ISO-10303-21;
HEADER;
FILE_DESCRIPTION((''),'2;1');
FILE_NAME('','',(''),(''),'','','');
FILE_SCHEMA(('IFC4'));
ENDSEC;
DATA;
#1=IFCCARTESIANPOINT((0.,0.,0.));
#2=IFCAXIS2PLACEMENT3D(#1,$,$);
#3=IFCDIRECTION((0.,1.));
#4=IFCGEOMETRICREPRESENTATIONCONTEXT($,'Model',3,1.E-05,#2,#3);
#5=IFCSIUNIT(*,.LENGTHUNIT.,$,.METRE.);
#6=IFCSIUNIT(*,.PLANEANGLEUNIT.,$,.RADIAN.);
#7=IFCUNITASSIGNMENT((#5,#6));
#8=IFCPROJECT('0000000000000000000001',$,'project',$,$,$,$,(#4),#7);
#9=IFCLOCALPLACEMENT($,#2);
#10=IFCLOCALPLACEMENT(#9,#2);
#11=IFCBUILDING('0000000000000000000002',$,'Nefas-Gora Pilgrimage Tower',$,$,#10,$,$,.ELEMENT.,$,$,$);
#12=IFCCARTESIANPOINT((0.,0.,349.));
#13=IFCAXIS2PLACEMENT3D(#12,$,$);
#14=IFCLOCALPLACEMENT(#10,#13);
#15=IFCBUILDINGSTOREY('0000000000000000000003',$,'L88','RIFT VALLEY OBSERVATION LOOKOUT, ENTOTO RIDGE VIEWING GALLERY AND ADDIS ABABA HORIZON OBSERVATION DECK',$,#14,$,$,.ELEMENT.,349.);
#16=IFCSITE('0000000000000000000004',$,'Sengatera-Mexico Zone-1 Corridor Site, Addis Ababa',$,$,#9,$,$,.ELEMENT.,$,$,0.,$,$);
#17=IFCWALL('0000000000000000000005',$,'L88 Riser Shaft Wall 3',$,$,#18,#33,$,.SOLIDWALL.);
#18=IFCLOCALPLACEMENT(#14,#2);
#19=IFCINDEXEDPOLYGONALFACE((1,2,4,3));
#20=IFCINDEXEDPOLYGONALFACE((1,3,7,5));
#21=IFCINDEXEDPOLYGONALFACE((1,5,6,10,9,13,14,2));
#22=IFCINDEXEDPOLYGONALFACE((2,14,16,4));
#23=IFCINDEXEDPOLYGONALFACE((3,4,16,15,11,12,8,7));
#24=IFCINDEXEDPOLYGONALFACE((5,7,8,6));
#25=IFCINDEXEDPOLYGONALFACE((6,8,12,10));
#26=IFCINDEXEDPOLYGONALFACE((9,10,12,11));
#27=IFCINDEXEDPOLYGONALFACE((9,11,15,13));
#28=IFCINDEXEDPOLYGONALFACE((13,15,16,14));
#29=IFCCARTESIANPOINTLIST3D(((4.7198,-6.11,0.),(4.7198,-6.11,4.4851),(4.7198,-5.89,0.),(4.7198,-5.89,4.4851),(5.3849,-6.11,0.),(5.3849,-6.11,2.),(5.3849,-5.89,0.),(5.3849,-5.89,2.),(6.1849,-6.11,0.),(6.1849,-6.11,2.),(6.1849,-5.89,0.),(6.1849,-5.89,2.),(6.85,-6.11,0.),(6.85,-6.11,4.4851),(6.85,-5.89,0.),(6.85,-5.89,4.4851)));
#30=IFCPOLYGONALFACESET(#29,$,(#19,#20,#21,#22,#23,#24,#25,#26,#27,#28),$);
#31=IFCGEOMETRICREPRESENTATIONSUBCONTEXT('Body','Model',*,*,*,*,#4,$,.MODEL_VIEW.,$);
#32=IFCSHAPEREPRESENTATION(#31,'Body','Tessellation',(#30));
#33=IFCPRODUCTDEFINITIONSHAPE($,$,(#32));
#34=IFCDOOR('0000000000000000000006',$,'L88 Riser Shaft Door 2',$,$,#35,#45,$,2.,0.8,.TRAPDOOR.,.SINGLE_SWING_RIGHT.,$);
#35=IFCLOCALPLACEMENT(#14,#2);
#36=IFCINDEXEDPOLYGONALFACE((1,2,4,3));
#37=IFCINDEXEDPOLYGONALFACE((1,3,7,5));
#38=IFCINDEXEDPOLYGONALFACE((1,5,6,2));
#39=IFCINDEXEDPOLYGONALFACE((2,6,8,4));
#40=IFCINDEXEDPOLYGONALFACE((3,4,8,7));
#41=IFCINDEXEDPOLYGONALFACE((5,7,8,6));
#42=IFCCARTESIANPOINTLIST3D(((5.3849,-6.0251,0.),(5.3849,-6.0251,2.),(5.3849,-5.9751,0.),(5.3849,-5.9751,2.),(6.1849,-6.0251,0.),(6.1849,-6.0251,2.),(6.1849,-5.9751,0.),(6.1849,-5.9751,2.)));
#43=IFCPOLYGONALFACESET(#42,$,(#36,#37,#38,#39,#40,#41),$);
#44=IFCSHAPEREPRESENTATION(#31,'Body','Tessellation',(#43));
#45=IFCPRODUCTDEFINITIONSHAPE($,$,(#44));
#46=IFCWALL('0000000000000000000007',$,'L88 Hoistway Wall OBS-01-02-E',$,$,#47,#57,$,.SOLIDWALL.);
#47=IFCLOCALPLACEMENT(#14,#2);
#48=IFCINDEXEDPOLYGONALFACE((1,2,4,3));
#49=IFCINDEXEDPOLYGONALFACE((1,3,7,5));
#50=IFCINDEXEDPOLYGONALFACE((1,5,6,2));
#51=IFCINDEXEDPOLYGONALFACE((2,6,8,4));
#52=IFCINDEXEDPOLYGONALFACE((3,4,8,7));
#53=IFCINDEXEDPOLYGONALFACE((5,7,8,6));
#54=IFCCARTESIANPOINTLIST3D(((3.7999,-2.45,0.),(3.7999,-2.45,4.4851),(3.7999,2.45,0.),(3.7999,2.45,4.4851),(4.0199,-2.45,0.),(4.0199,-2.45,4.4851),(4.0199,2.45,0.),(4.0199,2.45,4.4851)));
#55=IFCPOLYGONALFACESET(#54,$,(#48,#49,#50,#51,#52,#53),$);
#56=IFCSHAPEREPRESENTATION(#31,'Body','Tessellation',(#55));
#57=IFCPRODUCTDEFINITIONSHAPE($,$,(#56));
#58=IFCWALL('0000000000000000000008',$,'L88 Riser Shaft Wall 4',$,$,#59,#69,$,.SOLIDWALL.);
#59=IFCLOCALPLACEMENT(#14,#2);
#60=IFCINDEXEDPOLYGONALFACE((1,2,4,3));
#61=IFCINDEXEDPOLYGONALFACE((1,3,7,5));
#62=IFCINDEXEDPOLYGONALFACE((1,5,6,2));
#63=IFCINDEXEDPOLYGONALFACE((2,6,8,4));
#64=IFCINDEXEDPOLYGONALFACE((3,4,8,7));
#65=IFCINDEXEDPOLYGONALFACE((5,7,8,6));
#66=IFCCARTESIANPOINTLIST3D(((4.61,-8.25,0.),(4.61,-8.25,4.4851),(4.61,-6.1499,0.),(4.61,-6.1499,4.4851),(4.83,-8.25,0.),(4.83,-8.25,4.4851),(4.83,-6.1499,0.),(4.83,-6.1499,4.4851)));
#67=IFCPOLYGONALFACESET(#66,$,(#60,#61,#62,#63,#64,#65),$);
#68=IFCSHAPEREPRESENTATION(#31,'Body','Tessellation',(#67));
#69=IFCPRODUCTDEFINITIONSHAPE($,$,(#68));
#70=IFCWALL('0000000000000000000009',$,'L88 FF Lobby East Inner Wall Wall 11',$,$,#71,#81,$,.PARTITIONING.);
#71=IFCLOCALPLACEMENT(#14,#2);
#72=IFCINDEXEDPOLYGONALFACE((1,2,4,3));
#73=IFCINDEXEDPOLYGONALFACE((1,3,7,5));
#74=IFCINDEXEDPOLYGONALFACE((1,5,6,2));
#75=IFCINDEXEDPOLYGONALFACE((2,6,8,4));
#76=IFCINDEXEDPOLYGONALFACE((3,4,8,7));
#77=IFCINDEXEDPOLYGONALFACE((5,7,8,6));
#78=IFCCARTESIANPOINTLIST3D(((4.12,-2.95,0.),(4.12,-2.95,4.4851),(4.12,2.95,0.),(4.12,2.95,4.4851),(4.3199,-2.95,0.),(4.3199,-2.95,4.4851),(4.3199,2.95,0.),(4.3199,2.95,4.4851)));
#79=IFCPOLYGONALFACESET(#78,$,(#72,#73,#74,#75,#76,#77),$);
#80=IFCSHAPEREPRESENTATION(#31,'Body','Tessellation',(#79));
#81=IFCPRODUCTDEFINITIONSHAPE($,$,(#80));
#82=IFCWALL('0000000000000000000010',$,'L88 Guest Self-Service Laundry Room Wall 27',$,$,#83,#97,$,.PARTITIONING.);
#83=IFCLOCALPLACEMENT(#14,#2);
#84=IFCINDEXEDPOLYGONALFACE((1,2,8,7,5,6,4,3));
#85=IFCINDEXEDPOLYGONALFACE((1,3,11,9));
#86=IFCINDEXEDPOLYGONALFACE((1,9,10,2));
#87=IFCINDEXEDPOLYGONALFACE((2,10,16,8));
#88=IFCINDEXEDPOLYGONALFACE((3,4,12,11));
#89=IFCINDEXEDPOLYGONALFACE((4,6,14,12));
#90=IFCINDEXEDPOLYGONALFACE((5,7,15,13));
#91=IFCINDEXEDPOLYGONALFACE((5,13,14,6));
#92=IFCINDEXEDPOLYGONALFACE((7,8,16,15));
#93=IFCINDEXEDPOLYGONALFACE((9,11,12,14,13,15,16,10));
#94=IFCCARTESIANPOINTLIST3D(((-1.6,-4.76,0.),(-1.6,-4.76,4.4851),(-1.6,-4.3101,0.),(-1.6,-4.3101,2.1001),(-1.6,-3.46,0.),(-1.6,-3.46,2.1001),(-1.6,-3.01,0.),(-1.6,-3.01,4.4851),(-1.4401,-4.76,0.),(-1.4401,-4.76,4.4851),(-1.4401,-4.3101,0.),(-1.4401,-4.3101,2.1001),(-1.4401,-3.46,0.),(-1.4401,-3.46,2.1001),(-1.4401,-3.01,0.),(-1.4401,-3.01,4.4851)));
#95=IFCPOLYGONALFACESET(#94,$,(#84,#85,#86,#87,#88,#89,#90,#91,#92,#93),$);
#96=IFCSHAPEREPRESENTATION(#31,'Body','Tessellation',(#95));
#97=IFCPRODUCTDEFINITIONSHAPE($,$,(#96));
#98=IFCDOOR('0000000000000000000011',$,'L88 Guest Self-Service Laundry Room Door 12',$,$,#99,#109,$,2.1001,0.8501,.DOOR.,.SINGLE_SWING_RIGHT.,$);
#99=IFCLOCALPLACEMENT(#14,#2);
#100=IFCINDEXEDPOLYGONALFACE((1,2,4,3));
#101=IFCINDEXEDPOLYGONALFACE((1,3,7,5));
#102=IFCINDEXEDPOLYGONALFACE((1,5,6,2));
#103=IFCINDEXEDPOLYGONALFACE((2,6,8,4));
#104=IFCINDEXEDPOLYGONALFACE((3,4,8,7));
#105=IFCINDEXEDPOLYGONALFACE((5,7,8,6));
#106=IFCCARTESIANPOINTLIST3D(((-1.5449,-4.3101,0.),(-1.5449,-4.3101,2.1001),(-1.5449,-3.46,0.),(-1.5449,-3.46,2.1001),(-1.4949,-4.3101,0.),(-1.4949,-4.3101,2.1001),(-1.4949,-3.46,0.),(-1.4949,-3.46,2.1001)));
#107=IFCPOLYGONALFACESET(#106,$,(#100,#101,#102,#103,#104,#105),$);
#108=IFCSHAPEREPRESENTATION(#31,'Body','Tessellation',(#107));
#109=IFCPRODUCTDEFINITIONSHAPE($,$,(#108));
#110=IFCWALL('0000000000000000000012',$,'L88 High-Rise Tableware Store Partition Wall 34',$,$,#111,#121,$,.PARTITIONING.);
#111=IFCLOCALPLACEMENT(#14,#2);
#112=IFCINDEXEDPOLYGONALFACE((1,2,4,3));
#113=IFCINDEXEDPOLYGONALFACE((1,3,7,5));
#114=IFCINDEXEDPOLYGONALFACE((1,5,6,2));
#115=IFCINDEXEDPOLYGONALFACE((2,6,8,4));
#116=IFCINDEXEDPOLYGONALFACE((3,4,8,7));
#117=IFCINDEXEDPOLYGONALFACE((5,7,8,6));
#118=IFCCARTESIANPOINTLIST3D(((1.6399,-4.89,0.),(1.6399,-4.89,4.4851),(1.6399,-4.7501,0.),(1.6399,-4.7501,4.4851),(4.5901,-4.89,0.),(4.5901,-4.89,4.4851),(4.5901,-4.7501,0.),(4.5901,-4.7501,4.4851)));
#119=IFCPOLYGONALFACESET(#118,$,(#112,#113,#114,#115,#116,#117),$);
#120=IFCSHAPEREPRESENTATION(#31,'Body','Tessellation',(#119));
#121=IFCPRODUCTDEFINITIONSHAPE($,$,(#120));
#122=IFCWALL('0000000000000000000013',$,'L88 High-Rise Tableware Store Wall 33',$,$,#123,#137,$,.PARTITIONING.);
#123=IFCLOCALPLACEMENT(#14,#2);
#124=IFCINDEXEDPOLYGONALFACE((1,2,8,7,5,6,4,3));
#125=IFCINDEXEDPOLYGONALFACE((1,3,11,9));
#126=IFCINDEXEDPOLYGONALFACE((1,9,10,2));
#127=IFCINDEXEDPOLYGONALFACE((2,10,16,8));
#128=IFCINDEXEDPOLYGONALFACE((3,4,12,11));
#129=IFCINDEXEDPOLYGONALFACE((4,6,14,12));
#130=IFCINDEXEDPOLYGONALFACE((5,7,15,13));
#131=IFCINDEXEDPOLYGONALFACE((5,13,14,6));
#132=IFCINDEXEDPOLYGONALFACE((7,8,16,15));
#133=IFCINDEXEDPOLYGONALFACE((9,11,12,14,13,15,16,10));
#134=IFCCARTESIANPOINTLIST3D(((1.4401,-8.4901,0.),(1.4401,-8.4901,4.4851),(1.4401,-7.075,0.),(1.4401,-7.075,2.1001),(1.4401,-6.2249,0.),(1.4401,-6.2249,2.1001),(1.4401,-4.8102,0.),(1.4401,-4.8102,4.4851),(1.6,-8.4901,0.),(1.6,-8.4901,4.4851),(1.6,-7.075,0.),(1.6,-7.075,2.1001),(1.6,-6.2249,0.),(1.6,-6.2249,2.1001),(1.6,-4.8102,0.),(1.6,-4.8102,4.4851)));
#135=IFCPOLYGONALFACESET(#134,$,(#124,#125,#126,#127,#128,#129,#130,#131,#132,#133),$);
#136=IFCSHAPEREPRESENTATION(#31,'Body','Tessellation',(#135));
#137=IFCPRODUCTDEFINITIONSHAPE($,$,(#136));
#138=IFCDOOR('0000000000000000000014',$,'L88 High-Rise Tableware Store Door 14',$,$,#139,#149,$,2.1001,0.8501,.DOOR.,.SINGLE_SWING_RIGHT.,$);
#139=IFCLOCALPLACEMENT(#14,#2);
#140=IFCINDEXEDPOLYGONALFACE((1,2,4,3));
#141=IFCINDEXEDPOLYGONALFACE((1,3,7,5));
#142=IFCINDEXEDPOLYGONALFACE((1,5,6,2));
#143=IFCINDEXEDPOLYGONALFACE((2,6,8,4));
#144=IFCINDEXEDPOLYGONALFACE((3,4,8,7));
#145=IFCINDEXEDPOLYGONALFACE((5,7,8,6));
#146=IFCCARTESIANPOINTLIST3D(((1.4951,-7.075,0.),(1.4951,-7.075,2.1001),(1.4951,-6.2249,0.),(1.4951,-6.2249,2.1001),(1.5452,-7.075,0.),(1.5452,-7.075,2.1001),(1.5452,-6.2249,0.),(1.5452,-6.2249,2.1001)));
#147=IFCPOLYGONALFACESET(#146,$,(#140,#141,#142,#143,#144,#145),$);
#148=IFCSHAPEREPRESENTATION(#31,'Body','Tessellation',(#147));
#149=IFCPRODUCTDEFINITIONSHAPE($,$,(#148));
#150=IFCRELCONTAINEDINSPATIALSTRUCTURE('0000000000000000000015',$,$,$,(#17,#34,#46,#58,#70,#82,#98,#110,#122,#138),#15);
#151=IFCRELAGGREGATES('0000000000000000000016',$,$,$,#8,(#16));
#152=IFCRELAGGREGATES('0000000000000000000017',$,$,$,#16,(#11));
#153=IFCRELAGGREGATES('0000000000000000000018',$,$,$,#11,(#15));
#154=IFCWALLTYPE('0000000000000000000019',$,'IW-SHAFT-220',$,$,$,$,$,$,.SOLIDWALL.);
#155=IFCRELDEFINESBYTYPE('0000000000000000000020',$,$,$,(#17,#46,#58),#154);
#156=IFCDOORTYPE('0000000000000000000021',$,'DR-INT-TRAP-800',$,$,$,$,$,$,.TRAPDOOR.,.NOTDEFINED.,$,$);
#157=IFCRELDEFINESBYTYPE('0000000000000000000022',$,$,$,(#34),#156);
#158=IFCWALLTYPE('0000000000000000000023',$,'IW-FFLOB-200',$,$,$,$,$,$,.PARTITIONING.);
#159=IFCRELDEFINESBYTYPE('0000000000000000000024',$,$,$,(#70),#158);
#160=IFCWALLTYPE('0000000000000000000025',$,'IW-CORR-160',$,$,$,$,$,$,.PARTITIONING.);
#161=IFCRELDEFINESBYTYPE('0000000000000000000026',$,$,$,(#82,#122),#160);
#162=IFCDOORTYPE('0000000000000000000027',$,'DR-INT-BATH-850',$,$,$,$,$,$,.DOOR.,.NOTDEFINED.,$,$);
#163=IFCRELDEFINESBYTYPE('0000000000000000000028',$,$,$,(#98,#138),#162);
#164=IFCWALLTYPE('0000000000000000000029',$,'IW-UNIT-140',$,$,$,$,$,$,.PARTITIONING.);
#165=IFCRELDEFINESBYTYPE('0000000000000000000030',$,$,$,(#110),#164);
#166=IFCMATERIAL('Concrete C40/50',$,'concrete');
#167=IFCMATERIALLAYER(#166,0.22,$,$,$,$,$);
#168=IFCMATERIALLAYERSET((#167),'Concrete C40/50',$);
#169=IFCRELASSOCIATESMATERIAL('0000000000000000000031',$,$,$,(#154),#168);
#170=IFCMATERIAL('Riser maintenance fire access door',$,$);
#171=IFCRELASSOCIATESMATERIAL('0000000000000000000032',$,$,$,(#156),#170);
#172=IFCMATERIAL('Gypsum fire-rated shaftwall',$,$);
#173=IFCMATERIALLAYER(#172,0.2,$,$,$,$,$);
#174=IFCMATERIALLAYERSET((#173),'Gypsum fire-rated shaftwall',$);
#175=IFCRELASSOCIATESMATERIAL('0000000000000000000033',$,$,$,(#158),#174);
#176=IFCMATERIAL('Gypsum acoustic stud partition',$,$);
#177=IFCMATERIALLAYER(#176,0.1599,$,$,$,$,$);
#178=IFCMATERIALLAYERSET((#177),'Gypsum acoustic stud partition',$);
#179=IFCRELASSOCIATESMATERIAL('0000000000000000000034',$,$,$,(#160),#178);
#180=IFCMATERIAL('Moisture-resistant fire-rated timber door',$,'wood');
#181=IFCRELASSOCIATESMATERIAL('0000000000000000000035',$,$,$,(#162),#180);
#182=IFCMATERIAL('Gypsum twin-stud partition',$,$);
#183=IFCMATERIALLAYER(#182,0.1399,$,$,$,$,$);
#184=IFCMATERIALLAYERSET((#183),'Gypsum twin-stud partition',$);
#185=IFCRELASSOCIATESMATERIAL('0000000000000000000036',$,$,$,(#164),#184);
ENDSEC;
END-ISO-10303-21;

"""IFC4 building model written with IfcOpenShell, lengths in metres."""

from ifc_helpers import new_model, si_unit, direction, frame, frame_2d, origin, place, context, subcontext, project, spatial, rectangle, extrude, source, transform, mapped, material, layer, layer_set, type_object, element, fill, save


model = new_model("IFC4")

# Units and contexts
model_context = context("Model", 3, precision=1e-05, world=origin(), true_north=direction((0.0, 1.0)))
body_context = subcontext(model_context, "Body", "Model", "MODEL_VIEW")
ifc_project = project(units=[si_unit("LENGTHUNIT", "METRE"), si_unit("PLANEANGLEUNIT", "RADIAN")], contexts=[model_context])

# Site, building, storey
site_placement = place(None, origin())
site = spatial("IfcSite", under=ifc_project, at=site_placement, Name="Sengatera-Mexico Zone-1 Corridor Site, Addis Ababa", CompositionType="ELEMENT", RefElevation=0.0)
building_placement = place(site_placement, origin())
building = spatial("IfcBuilding", under=site, at=building_placement, Name="Nefas-Gora Pilgrimage Tower", CompositionType="ELEMENT")
storey_placement = place(building_placement, frame((0.0, 0.0, 349.0)))
storey = spatial("IfcBuildingStorey", under=building, at=storey_placement, Name="L88", Description="RIFT VALLEY OBSERVATION LOOKOUT, ENTOTO RIDGE VIEWING GALLERY AND ADDIS ABABA HORIZON OBSERVATION DECK", CompositionType="ELEMENT", Elevation=349.0)

# Shared definitions
ifc_material_1 = material(Name="Concrete C40/50", Category="concrete")
ifc_layer_1 = layer(ifc_material_1, 0.22)
ifc_layer_set_1 = layer_set([ifc_layer_1], Name="Concrete C40/50")
wall_type_1 = type_object("IfcWallType", Name="IW-SHAFT-220", PredefinedType="SOLIDWALL", material=ifc_layer_set_1)

# Shared definitions
shared_shape_1 = source(origin(), body_context, "Body", "SweptSolid", [
    extrude(rectangle(XDim=2.1301, YDim=0.22, at=frame_2d((1.0649, 0.0))), origin(), (0.0, 0.0, 1.0), 4.4851),
])

# Wall, opening, door
wall_1_placement = place(storey_placement, frame((4.72, -6.0, 0.0), z_axis=(0.0, 0.0, 1.0), x_axis=(1.0, 0.0, 0.0)))
wall_1 = element("IfcWall", 1, at=wall_1_placement, inside=storey, type_object=wall_type_1, Name="L88 Riser Shaft Wall 3", PredefinedType="SOLIDWALL", context=body_context, shape_type="MappedRepresentation", body=[
    mapped(shared_shape_1, transform((0.0, 0.0, 0.0), x_axis=(1.0, 0.0, 0.0), y_axis=(0.0, 1.0, 0.0), z_axis=(0.0, 0.0, 1.0), scale=1.0)),
])
opening_1_placement = place(wall_1_placement, frame((0.665, 0.0, 0.0)))
opening_1 = element("IfcOpeningElement", 2, at=opening_1_placement, cuts=wall_1, PredefinedType="OPENING", context=body_context, shape_type="SweptSolid", body=[
    extrude(rectangle(XDim=0.8, YDim=2.0, at=frame_2d((0.3999, 1.0))), frame((0.0, 0.1199, 0.0), z_axis=(0.0, -1.0, 0.0), x_axis=(1.0, 0.0, 0.0)), (0.0, 0.0, 1.0), 0.24),
])
ifc_material_2 = material(Name="Riser maintenance fire access door")
door_type_1 = type_object("IfcDoorType", Name="DR-INT-TRAP-800", OperationType="NOTDEFINED", PredefinedType="TRAPDOOR", material=ifc_material_2)
shared_shape_2 = source(origin(), body_context, "Body", "SweptSolid", [
    extrude(rectangle(XDim=0.8, YDim=2.0, at=frame_2d((0.3999, 1.0))), frame((0.0, 0.0249, 0.0), z_axis=(0.0, -1.0, 0.0), x_axis=(1.0, 0.0, 0.0)), (0.0, 0.0, 1.0), 0.05),
])
door_1_placement = place(opening_1_placement, origin())
door_1 = element("IfcDoor", 3, at=door_1_placement, inside=storey, type_object=door_type_1, Name="L88 Riser Shaft Door 2", OperationType="SINGLE_SWING_RIGHT", OverallHeight=2.0, OverallWidth=0.8, PredefinedType="TRAPDOOR", context=body_context, shape_type="MappedRepresentation", body=[
    mapped(shared_shape_2, transform((0.0, 0.0, 0.0), x_axis=(1.0, 0.0, 0.0), y_axis=(0.0, 1.0, 0.0), z_axis=(0.0, 0.0, 1.0), scale=1.0)),
])
fill(opening_1, door_1)

# Walls
shared_shape_3 = source(origin(), body_context, "Body", "SweptSolid", [
    extrude(rectangle(XDim=4.8999, YDim=0.22, at=frame_2d((2.45, 0.0))), origin(), (0.0, 0.0, 1.0), 4.4851),
])
wall_2_placement = place(storey_placement, frame((3.9099, -2.45, 0.0), z_axis=(0.0, 0.0, 1.0), x_axis=(0.0, 1.0, 0.0)))
element("IfcWall", 4, at=wall_2_placement, inside=storey, type_object=wall_type_1, Name="L88 Hoistway Wall OBS-01-02-E", PredefinedType="SOLIDWALL", context=body_context, shape_type="MappedRepresentation", body=[
    mapped(shared_shape_3, transform((0.0, 0.0, 0.0), x_axis=(1.0, 0.0, 0.0), y_axis=(0.0, 1.0, 0.0), z_axis=(0.0, 0.0, 1.0), scale=1.0)),
])
shared_shape_4 = source(origin(), body_context, "Body", "SweptSolid", [
    extrude(rectangle(XDim=2.1001, YDim=0.22, at=frame_2d((1.05, 0.0))), origin(), (0.0, 0.0, 1.0), 4.4851),
])
wall_3_placement = place(storey_placement, frame((4.72, -8.25, 0.0), z_axis=(0.0, 0.0, 1.0), x_axis=(0.0, 1.0, 0.0)))
element("IfcWall", 5, at=wall_3_placement, inside=storey, type_object=wall_type_1, Name="L88 Riser Shaft Wall 4", PredefinedType="SOLIDWALL", context=body_context, shape_type="MappedRepresentation", body=[
    mapped(shared_shape_4, transform((0.0, 0.0, 0.0), x_axis=(1.0, 0.0, 0.0), y_axis=(0.0, 1.0, 0.0), z_axis=(0.0, 0.0, 1.0), scale=1.0)),
])
ifc_material_3 = material(Name="Gypsum fire-rated shaftwall")
ifc_layer_2 = layer(ifc_material_3, 0.2)
ifc_layer_set_2 = layer_set([ifc_layer_2], Name="Gypsum fire-rated shaftwall")
wall_type_2 = type_object("IfcWallType", Name="IW-FFLOB-200", PredefinedType="PARTITIONING", material=ifc_layer_set_2)
shared_shape_5 = source(origin(), body_context, "Body", "SweptSolid", [
    extrude(rectangle(XDim=5.8999, YDim=0.2, at=frame_2d((2.95, 0.0))), origin(), (0.0, 0.0, 1.0), 4.4851),
])
wall_4_placement = place(storey_placement, frame((4.22, -2.95, 0.0), z_axis=(0.0, 0.0, 1.0), x_axis=(0.0, 1.0, 0.0)))
element("IfcWall", 6, at=wall_4_placement, inside=storey, type_object=wall_type_2, Name="L88 FF Lobby East Inner Wall Wall 11", PredefinedType="PARTITIONING", context=body_context, shape_type="MappedRepresentation", body=[
    mapped(shared_shape_5, transform((0.0, 0.0, 0.0), x_axis=(1.0, 0.0, 0.0), y_axis=(0.0, 1.0, 0.0), z_axis=(0.0, 0.0, 1.0), scale=1.0)),
])

# Wall, opening, door
ifc_material_4 = material(Name="Gypsum acoustic stud partition")
ifc_layer_3 = layer(ifc_material_4, 0.1599)
ifc_layer_set_3 = layer_set([ifc_layer_3], Name="Gypsum acoustic stud partition")
wall_type_3 = type_object("IfcWallType", Name="IW-CORR-160", PredefinedType="PARTITIONING", material=ifc_layer_set_3)
shared_shape_6 = source(origin(), body_context, "Body", "SweptSolid", [
    extrude(rectangle(XDim=1.75, YDim=0.1599, at=frame_2d((0.875, 0.0))), origin(), (0.0, 0.0, 1.0), 4.4851),
])
wall_5_placement = place(storey_placement, frame((-1.52, -4.76, 0.0), z_axis=(0.0, 0.0, 1.0), x_axis=(0.0, 1.0, 0.0)))
wall_5 = element("IfcWall", 7, at=wall_5_placement, inside=storey, type_object=wall_type_3, Name="L88 Guest Self-Service Laundry Room Wall 27", PredefinedType="PARTITIONING", context=body_context, shape_type="MappedRepresentation", body=[
    mapped(shared_shape_6, transform((0.0, 0.0, 0.0), x_axis=(1.0, 0.0, 0.0), y_axis=(0.0, 1.0, 0.0), z_axis=(0.0, 0.0, 1.0), scale=1.0)),
])
opening_2_placement = place(wall_5_placement, frame((0.45, 0.0, 0.0)))
opening_2 = element("IfcOpeningElement", 8, at=opening_2_placement, cuts=wall_5, PredefinedType="OPENING", context=body_context, shape_type="SweptSolid", body=[
    extrude(rectangle(XDim=0.8501, YDim=2.1001, at=frame_2d((0.425, 1.05))), frame((0.0, 0.0898, 0.0), z_axis=(0.0, -1.0, 0.0), x_axis=(1.0, 0.0, 0.0)), (0.0, 0.0, 1.0), 0.1799),
])
ifc_material_5 = material(Name="Moisture-resistant fire-rated timber door", Category="wood")
door_type_2 = type_object("IfcDoorType", Name="DR-INT-BATH-850", OperationType="NOTDEFINED", PredefinedType="DOOR", material=ifc_material_5)
shared_shape_7 = source(origin(), body_context, "Body", "SweptSolid", [
    extrude(rectangle(XDim=0.8501, YDim=2.1001, at=frame_2d((0.425, 1.05))), frame((0.0, 0.0249, 0.0), z_axis=(0.0, -1.0, 0.0), x_axis=(1.0, 0.0, 0.0)), (0.0, 0.0, 1.0), 0.05),
])
door_2_placement = place(opening_2_placement, origin())
door_2 = element("IfcDoor", 9, at=door_2_placement, inside=storey, type_object=door_type_2, Name="L88 Guest Self-Service Laundry Room Door 12", OperationType="SINGLE_SWING_RIGHT", OverallHeight=2.1001, OverallWidth=0.8501, PredefinedType="DOOR", context=body_context, shape_type="MappedRepresentation", body=[
    mapped(shared_shape_7, transform((0.0, 0.0, 0.0), x_axis=(1.0, 0.0, 0.0), y_axis=(0.0, 1.0, 0.0), z_axis=(0.0, 0.0, 1.0), scale=1.0)),
])
fill(opening_2, door_2)

# Wall
ifc_material_6 = material(Name="Gypsum twin-stud partition")
ifc_layer_4 = layer(ifc_material_6, 0.1399)
ifc_layer_set_4 = layer_set([ifc_layer_4], Name="Gypsum twin-stud partition")
wall_type_4 = type_object("IfcWallType", Name="IW-UNIT-140", PredefinedType="PARTITIONING", material=ifc_layer_set_4)
shared_shape_8 = source(origin(), body_context, "Body", "SweptSolid", [
    extrude(rectangle(XDim=2.9502, YDim=0.1399, at=frame_2d((1.4751, 0.0))), origin(), (0.0, 0.0, 1.0), 4.4851),
])
wall_6_placement = place(storey_placement, frame((1.6399, -4.8201, 0.0), z_axis=(0.0, 0.0, 1.0), x_axis=(1.0, 0.0, 0.0)))
element("IfcWall", 10, at=wall_6_placement, inside=storey, type_object=wall_type_4, Name="L88 High-Rise Tableware Store Partition Wall 34", PredefinedType="PARTITIONING", context=body_context, shape_type="MappedRepresentation", body=[
    mapped(shared_shape_8, transform((0.0, 0.0, 0.0), x_axis=(1.0, 0.0, 0.0), y_axis=(0.0, 1.0, 0.0), z_axis=(0.0, 0.0, 1.0), scale=1.0)),
])

# Wall, opening, door
shared_shape_9 = source(origin(), body_context, "Body", "SweptSolid", [
    extrude(rectangle(XDim=3.6799, YDim=0.1599, at=frame_2d((1.8398, 0.0))), origin(), (0.0, 0.0, 1.0), 4.4851),
])
wall_7_placement = place(storey_placement, frame((1.52, -8.49, 0.0), z_axis=(0.0, 0.0, 1.0), x_axis=(0.0, 1.0, 0.0)))
wall_7 = element("IfcWall", 11, at=wall_7_placement, inside=storey, type_object=wall_type_3, Name="L88 High-Rise Tableware Store Wall 33", PredefinedType="PARTITIONING", context=body_context, shape_type="MappedRepresentation", body=[
    mapped(shared_shape_9, transform((0.0, 0.0, 0.0), x_axis=(1.0, 0.0, 0.0), y_axis=(0.0, 1.0, 0.0), z_axis=(0.0, 0.0, 1.0), scale=1.0)),
])
opening_3_placement = place(wall_7_placement, frame((1.415, 0.0, 0.0)))
opening_3 = element("IfcOpeningElement", 12, at=opening_3_placement, cuts=wall_7, PredefinedType="OPENING", context=body_context, shape_type="SweptSolid", body=[
    extrude(rectangle(XDim=0.8501, YDim=2.1001, at=frame_2d((0.425, 1.05))), frame((0.0, 0.0898, 0.0), z_axis=(0.0, -1.0, 0.0), x_axis=(1.0, 0.0, 0.0)), (0.0, 0.0, 1.0), 0.1799),
])
door_3_placement = place(opening_3_placement, origin())
door_3 = element("IfcDoor", 13, at=door_3_placement, inside=storey, type_object=door_type_2, Name="L88 High-Rise Tableware Store Door 14", OperationType="SINGLE_SWING_RIGHT", OverallHeight=2.1001, OverallWidth=0.8501, PredefinedType="DOOR", context=body_context, shape_type="MappedRepresentation", body=[
    mapped(shared_shape_7, transform((0.0, 0.0, 0.0), x_axis=(1.0, 0.0, 0.0), y_axis=(0.0, 1.0, 0.0), z_axis=(0.0, 0.0, 1.0), scale=1.0)),
])
fill(opening_3, door_3)

save(model, "model.ifc")
